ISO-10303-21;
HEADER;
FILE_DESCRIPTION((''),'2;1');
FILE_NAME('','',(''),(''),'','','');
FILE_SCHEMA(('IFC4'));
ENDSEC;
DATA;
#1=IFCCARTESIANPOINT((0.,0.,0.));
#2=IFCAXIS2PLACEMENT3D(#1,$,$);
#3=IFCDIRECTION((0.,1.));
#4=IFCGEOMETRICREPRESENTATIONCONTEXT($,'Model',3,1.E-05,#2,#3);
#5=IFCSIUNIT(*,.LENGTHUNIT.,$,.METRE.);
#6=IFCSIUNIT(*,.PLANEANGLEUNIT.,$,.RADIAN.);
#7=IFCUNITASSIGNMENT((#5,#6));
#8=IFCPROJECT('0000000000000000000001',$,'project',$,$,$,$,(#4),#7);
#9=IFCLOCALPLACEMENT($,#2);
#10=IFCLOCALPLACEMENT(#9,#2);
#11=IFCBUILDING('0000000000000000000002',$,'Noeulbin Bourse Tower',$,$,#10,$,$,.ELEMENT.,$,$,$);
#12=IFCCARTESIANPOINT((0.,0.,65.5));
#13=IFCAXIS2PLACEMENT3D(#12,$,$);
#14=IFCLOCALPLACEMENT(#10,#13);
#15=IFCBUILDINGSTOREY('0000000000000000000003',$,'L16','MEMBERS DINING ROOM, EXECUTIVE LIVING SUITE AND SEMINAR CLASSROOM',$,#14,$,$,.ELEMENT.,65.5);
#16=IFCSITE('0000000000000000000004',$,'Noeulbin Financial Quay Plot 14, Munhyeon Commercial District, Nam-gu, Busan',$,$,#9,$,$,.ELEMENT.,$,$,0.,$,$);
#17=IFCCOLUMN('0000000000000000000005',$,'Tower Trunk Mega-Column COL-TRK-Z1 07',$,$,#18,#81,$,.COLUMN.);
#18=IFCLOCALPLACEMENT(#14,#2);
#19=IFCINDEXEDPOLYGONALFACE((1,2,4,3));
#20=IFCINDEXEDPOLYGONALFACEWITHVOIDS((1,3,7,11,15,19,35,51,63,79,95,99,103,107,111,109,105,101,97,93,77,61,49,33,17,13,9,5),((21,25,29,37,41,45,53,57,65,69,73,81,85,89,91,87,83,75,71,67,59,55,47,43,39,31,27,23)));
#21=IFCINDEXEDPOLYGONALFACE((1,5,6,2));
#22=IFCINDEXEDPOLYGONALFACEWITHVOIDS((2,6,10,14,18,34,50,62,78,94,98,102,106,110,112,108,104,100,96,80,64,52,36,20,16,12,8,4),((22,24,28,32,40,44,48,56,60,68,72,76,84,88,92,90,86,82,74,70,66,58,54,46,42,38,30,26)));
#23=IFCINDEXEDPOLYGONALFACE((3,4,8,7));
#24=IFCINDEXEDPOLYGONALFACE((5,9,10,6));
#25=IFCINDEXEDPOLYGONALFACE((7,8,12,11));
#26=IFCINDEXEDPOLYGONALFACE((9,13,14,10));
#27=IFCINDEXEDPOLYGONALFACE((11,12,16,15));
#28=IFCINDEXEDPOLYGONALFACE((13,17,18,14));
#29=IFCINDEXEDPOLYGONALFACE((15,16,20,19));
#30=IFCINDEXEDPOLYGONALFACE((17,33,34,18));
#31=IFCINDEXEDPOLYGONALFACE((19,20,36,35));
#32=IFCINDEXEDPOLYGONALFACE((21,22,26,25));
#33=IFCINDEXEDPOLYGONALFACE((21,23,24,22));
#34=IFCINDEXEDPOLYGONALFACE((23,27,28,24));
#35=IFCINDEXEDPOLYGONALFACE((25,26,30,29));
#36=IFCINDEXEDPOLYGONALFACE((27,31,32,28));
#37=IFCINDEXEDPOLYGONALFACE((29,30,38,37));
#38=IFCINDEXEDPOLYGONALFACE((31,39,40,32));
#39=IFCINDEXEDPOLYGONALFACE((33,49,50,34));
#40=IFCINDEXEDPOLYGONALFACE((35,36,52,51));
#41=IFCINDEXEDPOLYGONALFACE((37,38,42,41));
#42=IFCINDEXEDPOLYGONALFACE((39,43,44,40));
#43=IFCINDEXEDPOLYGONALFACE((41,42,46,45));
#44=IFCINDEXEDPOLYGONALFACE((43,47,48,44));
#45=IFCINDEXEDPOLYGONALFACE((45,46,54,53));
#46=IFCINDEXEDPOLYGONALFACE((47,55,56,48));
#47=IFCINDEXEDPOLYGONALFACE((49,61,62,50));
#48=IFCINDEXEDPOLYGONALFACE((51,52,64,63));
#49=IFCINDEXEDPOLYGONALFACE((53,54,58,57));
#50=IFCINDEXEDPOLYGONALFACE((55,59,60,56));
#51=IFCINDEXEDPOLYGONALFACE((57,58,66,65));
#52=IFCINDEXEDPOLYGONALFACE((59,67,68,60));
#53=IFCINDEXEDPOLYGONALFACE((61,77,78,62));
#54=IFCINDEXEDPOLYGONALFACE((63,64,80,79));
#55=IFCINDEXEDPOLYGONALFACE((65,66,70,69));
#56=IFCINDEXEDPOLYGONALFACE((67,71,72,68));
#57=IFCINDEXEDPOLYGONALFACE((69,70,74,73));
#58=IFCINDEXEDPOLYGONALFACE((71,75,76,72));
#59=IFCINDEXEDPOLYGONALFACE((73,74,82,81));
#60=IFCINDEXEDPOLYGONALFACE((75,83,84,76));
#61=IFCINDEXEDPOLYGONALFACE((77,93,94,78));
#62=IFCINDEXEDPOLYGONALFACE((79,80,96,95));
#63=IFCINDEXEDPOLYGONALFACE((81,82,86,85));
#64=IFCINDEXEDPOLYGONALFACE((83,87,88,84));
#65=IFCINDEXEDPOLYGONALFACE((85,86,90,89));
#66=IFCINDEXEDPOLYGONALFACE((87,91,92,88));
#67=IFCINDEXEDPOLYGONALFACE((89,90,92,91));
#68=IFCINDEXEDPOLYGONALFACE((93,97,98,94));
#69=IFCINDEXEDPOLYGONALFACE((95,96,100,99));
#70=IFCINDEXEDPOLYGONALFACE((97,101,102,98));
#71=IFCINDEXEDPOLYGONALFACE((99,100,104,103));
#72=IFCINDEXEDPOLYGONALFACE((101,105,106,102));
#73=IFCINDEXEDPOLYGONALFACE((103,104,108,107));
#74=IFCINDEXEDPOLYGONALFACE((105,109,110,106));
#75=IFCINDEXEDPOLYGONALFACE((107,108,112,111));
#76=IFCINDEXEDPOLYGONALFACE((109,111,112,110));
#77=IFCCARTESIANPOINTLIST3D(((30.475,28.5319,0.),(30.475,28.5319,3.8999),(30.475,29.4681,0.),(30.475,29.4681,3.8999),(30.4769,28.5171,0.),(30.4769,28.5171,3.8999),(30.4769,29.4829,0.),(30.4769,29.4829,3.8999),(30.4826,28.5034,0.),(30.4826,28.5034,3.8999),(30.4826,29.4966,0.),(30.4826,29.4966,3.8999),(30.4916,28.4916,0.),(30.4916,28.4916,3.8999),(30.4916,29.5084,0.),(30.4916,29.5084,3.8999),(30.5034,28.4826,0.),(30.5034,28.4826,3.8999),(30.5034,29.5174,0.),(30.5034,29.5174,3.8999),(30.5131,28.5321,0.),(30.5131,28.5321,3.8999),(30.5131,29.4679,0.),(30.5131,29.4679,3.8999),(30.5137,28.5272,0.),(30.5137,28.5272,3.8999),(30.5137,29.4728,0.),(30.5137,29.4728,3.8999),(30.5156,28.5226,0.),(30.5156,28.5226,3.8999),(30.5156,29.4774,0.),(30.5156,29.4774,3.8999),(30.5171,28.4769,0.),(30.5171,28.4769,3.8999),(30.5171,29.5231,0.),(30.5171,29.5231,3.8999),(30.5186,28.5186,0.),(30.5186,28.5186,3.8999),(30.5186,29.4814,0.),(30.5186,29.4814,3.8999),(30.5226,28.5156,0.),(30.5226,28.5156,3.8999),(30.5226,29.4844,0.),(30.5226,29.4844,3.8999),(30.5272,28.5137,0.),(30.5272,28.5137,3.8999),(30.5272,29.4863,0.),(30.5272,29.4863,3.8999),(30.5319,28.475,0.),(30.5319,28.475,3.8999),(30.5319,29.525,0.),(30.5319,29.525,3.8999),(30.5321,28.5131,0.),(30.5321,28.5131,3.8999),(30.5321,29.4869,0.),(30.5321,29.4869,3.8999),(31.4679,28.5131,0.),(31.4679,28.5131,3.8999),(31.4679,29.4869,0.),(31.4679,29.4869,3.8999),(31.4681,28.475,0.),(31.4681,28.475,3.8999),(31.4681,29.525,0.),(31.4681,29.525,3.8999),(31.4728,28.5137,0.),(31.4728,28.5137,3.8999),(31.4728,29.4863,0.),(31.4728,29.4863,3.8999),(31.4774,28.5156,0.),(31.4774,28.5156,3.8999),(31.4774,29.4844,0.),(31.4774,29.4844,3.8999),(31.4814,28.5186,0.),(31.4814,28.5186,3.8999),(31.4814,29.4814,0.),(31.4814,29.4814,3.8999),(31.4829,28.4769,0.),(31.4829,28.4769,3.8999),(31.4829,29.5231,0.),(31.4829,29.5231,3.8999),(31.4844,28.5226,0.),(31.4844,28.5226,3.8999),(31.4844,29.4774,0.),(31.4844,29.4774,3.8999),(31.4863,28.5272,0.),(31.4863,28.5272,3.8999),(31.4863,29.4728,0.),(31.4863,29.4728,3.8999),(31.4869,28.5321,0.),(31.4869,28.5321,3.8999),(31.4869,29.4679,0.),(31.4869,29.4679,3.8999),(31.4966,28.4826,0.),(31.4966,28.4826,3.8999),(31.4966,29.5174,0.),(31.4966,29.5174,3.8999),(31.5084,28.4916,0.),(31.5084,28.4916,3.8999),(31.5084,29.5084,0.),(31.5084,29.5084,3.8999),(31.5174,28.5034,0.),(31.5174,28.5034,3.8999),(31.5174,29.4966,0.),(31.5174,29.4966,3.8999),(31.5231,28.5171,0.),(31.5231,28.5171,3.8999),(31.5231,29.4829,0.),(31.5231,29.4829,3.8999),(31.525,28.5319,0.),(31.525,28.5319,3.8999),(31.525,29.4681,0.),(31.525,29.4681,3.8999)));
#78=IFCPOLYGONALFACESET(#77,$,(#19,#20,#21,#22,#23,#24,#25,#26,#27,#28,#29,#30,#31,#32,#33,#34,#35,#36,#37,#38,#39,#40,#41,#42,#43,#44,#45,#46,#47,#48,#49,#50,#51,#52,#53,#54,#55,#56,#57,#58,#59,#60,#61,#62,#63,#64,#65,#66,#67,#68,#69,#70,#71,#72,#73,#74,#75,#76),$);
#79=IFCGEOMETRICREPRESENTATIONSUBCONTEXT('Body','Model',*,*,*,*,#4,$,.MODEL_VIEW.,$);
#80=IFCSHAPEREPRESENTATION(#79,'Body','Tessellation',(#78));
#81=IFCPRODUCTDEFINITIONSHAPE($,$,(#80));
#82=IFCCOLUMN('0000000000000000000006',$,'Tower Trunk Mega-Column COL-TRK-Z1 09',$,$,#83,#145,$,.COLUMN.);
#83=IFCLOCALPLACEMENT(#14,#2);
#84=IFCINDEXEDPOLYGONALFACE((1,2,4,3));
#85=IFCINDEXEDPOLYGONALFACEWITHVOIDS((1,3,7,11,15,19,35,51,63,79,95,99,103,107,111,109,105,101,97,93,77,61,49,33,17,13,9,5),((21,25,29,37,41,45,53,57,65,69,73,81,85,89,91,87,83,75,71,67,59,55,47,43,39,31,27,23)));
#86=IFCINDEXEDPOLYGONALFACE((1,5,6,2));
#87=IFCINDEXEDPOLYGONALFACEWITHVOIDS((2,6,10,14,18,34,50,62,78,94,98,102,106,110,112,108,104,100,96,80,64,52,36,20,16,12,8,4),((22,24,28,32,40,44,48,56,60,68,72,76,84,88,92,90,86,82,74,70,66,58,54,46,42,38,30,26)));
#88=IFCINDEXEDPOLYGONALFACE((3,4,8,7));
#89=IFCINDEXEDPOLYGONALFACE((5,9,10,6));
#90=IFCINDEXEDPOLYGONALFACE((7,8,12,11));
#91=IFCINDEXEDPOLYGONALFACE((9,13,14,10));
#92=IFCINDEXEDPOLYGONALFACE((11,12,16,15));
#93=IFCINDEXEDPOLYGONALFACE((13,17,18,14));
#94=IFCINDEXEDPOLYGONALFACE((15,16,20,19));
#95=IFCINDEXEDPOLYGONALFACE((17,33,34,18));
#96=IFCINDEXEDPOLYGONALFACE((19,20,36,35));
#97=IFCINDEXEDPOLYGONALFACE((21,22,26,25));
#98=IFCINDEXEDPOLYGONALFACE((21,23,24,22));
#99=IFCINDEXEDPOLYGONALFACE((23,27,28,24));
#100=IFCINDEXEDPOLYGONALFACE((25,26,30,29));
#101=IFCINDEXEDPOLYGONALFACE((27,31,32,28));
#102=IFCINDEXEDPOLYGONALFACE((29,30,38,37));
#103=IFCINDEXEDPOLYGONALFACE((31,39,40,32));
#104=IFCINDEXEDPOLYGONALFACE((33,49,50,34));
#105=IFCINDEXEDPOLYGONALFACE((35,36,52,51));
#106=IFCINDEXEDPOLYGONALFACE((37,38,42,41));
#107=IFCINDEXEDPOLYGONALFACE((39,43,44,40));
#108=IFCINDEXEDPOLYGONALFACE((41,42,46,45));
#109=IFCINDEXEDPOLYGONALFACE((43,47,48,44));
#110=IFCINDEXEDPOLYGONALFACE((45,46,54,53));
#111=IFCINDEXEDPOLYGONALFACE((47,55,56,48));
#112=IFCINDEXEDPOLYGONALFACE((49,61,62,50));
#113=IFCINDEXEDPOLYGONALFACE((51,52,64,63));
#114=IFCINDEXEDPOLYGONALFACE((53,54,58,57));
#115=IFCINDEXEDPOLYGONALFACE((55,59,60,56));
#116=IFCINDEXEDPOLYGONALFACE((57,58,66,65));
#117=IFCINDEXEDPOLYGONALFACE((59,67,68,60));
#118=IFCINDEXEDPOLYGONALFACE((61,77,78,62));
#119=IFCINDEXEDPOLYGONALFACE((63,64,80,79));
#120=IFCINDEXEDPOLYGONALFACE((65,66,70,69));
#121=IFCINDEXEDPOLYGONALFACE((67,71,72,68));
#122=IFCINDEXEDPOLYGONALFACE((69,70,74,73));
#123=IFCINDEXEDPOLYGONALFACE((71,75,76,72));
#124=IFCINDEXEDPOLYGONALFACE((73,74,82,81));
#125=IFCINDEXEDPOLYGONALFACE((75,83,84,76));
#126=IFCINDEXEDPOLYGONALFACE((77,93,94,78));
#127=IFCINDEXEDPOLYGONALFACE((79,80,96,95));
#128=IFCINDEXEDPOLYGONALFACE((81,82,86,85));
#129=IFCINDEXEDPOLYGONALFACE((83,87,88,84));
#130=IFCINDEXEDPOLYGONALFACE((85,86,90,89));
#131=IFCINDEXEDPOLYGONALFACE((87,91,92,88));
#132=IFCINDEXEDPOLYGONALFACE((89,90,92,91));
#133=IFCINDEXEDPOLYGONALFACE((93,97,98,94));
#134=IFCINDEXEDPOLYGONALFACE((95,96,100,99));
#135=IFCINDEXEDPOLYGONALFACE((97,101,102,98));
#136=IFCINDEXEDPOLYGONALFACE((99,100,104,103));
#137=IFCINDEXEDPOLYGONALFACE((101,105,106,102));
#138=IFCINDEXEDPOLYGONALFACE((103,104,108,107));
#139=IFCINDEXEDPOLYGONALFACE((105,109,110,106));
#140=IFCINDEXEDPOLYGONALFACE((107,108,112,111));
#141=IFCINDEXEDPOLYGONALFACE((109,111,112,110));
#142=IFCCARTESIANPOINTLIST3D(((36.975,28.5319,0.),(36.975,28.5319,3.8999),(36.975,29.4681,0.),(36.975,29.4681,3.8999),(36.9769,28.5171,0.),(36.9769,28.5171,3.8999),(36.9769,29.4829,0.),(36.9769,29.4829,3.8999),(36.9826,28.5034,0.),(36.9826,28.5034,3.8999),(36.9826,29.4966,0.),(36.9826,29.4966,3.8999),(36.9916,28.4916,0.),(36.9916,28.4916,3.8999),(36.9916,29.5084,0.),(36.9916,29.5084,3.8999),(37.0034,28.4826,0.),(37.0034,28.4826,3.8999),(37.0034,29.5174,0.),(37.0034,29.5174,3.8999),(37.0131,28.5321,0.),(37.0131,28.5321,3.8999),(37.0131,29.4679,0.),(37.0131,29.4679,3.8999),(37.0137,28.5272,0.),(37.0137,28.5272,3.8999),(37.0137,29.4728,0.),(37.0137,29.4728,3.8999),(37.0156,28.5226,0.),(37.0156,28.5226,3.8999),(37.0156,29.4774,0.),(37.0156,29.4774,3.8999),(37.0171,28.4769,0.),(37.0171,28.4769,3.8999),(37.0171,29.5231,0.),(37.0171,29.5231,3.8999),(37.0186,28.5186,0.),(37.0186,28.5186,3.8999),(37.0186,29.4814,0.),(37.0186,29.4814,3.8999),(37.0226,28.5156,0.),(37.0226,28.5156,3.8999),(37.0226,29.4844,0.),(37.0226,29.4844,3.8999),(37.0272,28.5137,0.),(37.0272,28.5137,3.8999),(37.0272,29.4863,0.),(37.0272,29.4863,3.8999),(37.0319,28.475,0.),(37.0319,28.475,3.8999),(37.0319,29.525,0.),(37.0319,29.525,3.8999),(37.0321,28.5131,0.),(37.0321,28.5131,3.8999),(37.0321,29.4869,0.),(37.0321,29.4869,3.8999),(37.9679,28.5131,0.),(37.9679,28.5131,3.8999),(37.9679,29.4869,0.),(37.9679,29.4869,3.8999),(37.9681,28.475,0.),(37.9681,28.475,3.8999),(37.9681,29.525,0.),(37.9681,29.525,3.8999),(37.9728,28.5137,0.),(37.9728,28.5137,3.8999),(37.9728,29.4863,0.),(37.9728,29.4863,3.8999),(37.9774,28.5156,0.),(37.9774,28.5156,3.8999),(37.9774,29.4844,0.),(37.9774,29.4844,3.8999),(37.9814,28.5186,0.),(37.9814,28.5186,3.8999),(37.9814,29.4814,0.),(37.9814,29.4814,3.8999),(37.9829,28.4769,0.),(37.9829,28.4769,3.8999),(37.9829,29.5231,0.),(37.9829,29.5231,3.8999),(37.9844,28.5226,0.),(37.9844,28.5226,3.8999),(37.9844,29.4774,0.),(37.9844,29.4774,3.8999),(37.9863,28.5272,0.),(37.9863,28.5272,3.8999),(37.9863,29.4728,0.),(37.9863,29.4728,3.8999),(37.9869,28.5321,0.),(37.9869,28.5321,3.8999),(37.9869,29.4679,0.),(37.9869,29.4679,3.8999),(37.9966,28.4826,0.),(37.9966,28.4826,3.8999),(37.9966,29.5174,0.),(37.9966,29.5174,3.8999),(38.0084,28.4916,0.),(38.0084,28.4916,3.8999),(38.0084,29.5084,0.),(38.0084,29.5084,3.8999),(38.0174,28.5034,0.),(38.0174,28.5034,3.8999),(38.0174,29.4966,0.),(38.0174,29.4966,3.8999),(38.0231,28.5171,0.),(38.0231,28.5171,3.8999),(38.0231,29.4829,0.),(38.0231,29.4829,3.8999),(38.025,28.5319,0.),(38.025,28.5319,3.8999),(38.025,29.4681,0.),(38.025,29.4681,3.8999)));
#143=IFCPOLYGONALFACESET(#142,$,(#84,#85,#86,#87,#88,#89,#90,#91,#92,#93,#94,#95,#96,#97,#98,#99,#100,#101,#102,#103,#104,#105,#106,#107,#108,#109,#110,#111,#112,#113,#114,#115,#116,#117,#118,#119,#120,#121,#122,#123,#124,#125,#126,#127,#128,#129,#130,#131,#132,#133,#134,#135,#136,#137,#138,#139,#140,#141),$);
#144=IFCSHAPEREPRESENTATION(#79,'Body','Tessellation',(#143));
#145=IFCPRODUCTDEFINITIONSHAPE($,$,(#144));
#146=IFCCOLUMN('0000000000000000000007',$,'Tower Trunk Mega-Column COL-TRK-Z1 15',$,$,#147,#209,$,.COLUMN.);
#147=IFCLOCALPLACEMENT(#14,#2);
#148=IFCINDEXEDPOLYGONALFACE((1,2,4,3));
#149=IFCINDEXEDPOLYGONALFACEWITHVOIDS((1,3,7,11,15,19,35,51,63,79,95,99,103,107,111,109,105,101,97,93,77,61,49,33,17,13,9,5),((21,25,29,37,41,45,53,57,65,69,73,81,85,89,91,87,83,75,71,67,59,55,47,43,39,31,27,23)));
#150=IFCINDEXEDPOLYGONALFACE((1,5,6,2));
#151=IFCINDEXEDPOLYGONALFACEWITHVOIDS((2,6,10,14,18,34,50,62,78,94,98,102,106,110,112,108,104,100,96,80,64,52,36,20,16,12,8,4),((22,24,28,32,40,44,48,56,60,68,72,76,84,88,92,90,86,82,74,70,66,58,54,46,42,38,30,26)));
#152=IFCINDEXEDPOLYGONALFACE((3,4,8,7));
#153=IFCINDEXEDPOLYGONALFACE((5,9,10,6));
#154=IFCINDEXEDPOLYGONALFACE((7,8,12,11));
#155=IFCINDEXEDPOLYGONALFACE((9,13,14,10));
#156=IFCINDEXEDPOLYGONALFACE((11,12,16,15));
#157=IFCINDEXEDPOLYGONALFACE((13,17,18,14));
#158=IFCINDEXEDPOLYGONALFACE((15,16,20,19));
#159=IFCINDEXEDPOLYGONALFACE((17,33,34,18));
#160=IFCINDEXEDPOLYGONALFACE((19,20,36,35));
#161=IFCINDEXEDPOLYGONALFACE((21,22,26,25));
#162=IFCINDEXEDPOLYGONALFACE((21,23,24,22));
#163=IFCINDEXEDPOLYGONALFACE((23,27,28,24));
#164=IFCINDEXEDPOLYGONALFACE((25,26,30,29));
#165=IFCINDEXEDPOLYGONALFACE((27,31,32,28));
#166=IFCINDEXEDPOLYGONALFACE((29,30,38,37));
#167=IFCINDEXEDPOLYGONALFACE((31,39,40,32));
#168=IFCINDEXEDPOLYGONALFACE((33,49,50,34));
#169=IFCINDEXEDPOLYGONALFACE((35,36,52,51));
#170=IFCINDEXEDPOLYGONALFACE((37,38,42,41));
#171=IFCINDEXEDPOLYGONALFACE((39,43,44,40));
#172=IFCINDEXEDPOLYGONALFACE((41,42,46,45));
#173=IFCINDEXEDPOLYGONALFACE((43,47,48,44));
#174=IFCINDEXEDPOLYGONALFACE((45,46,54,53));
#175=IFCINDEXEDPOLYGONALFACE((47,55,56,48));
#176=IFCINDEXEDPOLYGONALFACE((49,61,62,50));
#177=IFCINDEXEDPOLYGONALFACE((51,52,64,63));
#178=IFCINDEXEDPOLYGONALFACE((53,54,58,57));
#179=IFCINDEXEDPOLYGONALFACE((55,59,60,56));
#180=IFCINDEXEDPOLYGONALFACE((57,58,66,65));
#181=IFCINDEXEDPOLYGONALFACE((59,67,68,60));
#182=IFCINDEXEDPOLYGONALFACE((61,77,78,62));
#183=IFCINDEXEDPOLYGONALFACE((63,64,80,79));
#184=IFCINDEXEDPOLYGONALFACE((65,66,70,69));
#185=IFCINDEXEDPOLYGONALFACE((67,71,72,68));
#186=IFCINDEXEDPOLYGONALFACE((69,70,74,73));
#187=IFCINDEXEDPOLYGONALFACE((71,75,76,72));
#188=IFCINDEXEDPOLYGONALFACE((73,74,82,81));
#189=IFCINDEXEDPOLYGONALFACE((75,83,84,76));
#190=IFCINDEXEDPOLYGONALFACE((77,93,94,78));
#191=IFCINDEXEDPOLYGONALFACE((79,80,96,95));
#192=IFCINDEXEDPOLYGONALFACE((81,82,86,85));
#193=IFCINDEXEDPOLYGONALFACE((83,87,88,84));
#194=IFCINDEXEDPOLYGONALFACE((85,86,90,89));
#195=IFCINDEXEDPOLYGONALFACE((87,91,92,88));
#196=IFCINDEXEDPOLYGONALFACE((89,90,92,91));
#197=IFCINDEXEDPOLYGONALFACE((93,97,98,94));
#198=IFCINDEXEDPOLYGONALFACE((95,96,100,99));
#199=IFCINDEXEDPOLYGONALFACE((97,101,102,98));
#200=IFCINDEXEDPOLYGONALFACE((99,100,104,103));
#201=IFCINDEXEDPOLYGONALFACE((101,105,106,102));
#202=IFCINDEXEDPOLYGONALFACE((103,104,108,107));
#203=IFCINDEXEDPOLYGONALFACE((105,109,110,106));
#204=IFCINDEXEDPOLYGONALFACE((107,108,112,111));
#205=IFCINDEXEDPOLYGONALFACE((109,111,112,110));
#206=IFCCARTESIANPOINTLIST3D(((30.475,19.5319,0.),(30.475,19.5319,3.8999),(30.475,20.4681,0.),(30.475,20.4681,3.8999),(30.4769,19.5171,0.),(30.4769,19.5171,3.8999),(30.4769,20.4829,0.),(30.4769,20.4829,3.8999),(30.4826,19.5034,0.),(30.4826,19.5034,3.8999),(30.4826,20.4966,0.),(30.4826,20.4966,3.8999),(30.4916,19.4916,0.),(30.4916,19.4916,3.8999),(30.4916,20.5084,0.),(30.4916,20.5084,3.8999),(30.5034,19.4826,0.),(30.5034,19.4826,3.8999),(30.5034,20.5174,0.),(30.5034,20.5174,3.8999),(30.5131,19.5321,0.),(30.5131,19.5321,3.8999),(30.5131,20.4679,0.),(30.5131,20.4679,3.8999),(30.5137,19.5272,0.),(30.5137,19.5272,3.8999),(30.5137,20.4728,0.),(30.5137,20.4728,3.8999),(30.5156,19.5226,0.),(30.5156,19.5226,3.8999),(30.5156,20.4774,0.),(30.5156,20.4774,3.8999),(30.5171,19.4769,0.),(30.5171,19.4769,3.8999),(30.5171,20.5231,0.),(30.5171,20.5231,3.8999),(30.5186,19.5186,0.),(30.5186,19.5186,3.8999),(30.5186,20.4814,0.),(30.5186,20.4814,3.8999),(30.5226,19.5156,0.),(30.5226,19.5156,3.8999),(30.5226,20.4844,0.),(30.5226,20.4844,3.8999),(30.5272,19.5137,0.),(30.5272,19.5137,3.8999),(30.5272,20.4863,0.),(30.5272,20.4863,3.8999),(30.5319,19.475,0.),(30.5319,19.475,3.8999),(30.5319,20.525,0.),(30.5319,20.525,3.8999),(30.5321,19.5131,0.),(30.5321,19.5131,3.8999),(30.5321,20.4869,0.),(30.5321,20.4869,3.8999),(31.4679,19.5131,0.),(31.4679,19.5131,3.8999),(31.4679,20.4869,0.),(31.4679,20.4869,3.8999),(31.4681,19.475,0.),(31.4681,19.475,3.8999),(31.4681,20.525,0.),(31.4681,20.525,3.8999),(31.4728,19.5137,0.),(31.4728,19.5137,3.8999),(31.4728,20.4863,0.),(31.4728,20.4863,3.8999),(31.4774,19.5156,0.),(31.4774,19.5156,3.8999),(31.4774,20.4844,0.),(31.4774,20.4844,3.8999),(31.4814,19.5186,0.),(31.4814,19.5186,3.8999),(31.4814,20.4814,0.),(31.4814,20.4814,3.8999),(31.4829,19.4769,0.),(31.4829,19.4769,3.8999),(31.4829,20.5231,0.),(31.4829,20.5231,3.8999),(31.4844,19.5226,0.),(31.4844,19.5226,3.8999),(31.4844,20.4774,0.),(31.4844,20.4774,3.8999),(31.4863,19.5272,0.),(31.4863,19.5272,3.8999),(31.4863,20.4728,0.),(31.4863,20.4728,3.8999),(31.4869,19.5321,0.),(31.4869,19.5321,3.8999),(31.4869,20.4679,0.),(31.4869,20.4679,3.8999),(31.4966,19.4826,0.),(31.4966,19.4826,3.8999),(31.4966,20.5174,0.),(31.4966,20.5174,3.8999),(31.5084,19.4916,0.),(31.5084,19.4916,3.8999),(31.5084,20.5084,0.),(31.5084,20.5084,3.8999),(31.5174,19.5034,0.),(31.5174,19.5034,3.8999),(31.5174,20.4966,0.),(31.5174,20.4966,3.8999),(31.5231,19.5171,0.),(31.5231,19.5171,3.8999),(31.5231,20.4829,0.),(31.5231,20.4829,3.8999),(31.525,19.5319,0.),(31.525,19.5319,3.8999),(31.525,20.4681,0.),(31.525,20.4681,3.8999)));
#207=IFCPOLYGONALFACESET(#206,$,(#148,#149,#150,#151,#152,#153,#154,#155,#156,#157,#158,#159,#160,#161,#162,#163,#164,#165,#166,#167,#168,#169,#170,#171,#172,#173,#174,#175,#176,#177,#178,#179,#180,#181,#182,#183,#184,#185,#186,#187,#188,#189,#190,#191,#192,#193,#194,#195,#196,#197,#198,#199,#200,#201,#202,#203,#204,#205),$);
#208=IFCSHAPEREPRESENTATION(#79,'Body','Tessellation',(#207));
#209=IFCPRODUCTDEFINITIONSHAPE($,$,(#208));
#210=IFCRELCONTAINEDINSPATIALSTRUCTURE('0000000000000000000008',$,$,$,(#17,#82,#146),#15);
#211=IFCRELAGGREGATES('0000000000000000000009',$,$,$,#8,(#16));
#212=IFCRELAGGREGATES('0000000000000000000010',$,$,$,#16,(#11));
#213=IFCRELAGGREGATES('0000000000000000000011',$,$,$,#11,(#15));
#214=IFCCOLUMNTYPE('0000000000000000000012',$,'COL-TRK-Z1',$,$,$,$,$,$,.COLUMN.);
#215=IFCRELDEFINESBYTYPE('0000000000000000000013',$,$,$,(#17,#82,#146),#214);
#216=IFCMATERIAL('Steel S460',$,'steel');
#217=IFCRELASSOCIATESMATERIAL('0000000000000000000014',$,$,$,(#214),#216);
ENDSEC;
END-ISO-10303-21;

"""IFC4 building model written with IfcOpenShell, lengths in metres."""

from ifc_helpers import new_model, si_unit, direction, frame, origin, origin_2d, place, context, subcontext, project, spatial, hollow_rectangle, extrude, material, material_profile, profile_set, type_object, element, save


model = new_model("IFC4")

# Units and contexts
model_context = context("Model", 3, precision=1e-05, world=origin(), true_north=direction((0.0, 1.0)))
body_context = subcontext(model_context, "Body", "Model", "MODEL_VIEW")
ifc_project = project(units=[si_unit("LENGTHUNIT", "METRE"), si_unit("PLANEANGLEUNIT", "RADIAN")], contexts=[model_context])

# Site, building, storey
site_placement = place(None, origin())
site = spatial("IfcSite", under=ifc_project, at=site_placement, Name="Noeulbin Financial Quay Plot 14, Munhyeon Commercial District, Nam-gu, Busan", CompositionType="ELEMENT", RefElevation=0.0)
building_placement = place(site_placement, origin())
building = spatial("IfcBuilding", under=site, at=building_placement, Name="Noeulbin Bourse Tower", CompositionType="ELEMENT")
storey_placement = place(building_placement, frame((0.0, 0.0, 65.5)))
storey = spatial("IfcBuildingStorey", under=building, at=storey_placement, Name="L16", Description="MEMBERS DINING ROOM, EXECUTIVE LIVING SUITE AND SEMINAR CLASSROOM", CompositionType="ELEMENT", Elevation=65.5)

# Columns
ifc_material_1 = material(Name="Steel S460", Category="steel")
ifc_material_profile_1 = material_profile(ifc_material_1, hollow_rectangle(XDim=1.05, YDim=1.05, WallThickness=0.0381, InnerFilletRadius=0.019, OuterFilletRadius=0.0569, at=origin_2d()), Name="BOX-1050x1050x38", Category="LoadBearing")
ifc_profile_set_1 = profile_set([ifc_material_profile_1], Name="Steel S460")
column_type = type_object("IfcColumnType", Name="COL-TRK-Z1", PredefinedType="COLUMN", material=ifc_profile_set_1)
for number, where, z_axis, x_axis, name in (
    (1, (31.0, 29.0, 0.0), (0.0, 0.0, 1.0), (1.0, 0.0, 0.0), "Tower Trunk Mega-Column COL-TRK-Z1 07"),
    (2, (37.5, 29.0, 0.0), (0.0, 0.0, 1.0), (1.0, 0.0, 0.0), "Tower Trunk Mega-Column COL-TRK-Z1 09"),
    (3, (31.0, 20.0, 0.0), (0.0, 0.0, 1.0), (1.0, 0.0, 0.0), "Tower Trunk Mega-Column COL-TRK-Z1 15"),
):
    element("IfcColumn", number, at=place(storey_placement, frame(where, z_axis=z_axis, x_axis=x_axis)), inside=storey, type_object=column_type, Name=name, PredefinedType="COLUMN", context=body_context, shape_type="SweptSolid", body=[
        extrude(hollow_rectangle(XDim=1.05, YDim=1.05, WallThickness=0.0381, InnerFilletRadius=0.019, OuterFilletRadius=0.0569, at=origin_2d()), origin(), (0.0, 0.0, 1.0), 3.8999),
    ])

save(model, "model.ifc")
